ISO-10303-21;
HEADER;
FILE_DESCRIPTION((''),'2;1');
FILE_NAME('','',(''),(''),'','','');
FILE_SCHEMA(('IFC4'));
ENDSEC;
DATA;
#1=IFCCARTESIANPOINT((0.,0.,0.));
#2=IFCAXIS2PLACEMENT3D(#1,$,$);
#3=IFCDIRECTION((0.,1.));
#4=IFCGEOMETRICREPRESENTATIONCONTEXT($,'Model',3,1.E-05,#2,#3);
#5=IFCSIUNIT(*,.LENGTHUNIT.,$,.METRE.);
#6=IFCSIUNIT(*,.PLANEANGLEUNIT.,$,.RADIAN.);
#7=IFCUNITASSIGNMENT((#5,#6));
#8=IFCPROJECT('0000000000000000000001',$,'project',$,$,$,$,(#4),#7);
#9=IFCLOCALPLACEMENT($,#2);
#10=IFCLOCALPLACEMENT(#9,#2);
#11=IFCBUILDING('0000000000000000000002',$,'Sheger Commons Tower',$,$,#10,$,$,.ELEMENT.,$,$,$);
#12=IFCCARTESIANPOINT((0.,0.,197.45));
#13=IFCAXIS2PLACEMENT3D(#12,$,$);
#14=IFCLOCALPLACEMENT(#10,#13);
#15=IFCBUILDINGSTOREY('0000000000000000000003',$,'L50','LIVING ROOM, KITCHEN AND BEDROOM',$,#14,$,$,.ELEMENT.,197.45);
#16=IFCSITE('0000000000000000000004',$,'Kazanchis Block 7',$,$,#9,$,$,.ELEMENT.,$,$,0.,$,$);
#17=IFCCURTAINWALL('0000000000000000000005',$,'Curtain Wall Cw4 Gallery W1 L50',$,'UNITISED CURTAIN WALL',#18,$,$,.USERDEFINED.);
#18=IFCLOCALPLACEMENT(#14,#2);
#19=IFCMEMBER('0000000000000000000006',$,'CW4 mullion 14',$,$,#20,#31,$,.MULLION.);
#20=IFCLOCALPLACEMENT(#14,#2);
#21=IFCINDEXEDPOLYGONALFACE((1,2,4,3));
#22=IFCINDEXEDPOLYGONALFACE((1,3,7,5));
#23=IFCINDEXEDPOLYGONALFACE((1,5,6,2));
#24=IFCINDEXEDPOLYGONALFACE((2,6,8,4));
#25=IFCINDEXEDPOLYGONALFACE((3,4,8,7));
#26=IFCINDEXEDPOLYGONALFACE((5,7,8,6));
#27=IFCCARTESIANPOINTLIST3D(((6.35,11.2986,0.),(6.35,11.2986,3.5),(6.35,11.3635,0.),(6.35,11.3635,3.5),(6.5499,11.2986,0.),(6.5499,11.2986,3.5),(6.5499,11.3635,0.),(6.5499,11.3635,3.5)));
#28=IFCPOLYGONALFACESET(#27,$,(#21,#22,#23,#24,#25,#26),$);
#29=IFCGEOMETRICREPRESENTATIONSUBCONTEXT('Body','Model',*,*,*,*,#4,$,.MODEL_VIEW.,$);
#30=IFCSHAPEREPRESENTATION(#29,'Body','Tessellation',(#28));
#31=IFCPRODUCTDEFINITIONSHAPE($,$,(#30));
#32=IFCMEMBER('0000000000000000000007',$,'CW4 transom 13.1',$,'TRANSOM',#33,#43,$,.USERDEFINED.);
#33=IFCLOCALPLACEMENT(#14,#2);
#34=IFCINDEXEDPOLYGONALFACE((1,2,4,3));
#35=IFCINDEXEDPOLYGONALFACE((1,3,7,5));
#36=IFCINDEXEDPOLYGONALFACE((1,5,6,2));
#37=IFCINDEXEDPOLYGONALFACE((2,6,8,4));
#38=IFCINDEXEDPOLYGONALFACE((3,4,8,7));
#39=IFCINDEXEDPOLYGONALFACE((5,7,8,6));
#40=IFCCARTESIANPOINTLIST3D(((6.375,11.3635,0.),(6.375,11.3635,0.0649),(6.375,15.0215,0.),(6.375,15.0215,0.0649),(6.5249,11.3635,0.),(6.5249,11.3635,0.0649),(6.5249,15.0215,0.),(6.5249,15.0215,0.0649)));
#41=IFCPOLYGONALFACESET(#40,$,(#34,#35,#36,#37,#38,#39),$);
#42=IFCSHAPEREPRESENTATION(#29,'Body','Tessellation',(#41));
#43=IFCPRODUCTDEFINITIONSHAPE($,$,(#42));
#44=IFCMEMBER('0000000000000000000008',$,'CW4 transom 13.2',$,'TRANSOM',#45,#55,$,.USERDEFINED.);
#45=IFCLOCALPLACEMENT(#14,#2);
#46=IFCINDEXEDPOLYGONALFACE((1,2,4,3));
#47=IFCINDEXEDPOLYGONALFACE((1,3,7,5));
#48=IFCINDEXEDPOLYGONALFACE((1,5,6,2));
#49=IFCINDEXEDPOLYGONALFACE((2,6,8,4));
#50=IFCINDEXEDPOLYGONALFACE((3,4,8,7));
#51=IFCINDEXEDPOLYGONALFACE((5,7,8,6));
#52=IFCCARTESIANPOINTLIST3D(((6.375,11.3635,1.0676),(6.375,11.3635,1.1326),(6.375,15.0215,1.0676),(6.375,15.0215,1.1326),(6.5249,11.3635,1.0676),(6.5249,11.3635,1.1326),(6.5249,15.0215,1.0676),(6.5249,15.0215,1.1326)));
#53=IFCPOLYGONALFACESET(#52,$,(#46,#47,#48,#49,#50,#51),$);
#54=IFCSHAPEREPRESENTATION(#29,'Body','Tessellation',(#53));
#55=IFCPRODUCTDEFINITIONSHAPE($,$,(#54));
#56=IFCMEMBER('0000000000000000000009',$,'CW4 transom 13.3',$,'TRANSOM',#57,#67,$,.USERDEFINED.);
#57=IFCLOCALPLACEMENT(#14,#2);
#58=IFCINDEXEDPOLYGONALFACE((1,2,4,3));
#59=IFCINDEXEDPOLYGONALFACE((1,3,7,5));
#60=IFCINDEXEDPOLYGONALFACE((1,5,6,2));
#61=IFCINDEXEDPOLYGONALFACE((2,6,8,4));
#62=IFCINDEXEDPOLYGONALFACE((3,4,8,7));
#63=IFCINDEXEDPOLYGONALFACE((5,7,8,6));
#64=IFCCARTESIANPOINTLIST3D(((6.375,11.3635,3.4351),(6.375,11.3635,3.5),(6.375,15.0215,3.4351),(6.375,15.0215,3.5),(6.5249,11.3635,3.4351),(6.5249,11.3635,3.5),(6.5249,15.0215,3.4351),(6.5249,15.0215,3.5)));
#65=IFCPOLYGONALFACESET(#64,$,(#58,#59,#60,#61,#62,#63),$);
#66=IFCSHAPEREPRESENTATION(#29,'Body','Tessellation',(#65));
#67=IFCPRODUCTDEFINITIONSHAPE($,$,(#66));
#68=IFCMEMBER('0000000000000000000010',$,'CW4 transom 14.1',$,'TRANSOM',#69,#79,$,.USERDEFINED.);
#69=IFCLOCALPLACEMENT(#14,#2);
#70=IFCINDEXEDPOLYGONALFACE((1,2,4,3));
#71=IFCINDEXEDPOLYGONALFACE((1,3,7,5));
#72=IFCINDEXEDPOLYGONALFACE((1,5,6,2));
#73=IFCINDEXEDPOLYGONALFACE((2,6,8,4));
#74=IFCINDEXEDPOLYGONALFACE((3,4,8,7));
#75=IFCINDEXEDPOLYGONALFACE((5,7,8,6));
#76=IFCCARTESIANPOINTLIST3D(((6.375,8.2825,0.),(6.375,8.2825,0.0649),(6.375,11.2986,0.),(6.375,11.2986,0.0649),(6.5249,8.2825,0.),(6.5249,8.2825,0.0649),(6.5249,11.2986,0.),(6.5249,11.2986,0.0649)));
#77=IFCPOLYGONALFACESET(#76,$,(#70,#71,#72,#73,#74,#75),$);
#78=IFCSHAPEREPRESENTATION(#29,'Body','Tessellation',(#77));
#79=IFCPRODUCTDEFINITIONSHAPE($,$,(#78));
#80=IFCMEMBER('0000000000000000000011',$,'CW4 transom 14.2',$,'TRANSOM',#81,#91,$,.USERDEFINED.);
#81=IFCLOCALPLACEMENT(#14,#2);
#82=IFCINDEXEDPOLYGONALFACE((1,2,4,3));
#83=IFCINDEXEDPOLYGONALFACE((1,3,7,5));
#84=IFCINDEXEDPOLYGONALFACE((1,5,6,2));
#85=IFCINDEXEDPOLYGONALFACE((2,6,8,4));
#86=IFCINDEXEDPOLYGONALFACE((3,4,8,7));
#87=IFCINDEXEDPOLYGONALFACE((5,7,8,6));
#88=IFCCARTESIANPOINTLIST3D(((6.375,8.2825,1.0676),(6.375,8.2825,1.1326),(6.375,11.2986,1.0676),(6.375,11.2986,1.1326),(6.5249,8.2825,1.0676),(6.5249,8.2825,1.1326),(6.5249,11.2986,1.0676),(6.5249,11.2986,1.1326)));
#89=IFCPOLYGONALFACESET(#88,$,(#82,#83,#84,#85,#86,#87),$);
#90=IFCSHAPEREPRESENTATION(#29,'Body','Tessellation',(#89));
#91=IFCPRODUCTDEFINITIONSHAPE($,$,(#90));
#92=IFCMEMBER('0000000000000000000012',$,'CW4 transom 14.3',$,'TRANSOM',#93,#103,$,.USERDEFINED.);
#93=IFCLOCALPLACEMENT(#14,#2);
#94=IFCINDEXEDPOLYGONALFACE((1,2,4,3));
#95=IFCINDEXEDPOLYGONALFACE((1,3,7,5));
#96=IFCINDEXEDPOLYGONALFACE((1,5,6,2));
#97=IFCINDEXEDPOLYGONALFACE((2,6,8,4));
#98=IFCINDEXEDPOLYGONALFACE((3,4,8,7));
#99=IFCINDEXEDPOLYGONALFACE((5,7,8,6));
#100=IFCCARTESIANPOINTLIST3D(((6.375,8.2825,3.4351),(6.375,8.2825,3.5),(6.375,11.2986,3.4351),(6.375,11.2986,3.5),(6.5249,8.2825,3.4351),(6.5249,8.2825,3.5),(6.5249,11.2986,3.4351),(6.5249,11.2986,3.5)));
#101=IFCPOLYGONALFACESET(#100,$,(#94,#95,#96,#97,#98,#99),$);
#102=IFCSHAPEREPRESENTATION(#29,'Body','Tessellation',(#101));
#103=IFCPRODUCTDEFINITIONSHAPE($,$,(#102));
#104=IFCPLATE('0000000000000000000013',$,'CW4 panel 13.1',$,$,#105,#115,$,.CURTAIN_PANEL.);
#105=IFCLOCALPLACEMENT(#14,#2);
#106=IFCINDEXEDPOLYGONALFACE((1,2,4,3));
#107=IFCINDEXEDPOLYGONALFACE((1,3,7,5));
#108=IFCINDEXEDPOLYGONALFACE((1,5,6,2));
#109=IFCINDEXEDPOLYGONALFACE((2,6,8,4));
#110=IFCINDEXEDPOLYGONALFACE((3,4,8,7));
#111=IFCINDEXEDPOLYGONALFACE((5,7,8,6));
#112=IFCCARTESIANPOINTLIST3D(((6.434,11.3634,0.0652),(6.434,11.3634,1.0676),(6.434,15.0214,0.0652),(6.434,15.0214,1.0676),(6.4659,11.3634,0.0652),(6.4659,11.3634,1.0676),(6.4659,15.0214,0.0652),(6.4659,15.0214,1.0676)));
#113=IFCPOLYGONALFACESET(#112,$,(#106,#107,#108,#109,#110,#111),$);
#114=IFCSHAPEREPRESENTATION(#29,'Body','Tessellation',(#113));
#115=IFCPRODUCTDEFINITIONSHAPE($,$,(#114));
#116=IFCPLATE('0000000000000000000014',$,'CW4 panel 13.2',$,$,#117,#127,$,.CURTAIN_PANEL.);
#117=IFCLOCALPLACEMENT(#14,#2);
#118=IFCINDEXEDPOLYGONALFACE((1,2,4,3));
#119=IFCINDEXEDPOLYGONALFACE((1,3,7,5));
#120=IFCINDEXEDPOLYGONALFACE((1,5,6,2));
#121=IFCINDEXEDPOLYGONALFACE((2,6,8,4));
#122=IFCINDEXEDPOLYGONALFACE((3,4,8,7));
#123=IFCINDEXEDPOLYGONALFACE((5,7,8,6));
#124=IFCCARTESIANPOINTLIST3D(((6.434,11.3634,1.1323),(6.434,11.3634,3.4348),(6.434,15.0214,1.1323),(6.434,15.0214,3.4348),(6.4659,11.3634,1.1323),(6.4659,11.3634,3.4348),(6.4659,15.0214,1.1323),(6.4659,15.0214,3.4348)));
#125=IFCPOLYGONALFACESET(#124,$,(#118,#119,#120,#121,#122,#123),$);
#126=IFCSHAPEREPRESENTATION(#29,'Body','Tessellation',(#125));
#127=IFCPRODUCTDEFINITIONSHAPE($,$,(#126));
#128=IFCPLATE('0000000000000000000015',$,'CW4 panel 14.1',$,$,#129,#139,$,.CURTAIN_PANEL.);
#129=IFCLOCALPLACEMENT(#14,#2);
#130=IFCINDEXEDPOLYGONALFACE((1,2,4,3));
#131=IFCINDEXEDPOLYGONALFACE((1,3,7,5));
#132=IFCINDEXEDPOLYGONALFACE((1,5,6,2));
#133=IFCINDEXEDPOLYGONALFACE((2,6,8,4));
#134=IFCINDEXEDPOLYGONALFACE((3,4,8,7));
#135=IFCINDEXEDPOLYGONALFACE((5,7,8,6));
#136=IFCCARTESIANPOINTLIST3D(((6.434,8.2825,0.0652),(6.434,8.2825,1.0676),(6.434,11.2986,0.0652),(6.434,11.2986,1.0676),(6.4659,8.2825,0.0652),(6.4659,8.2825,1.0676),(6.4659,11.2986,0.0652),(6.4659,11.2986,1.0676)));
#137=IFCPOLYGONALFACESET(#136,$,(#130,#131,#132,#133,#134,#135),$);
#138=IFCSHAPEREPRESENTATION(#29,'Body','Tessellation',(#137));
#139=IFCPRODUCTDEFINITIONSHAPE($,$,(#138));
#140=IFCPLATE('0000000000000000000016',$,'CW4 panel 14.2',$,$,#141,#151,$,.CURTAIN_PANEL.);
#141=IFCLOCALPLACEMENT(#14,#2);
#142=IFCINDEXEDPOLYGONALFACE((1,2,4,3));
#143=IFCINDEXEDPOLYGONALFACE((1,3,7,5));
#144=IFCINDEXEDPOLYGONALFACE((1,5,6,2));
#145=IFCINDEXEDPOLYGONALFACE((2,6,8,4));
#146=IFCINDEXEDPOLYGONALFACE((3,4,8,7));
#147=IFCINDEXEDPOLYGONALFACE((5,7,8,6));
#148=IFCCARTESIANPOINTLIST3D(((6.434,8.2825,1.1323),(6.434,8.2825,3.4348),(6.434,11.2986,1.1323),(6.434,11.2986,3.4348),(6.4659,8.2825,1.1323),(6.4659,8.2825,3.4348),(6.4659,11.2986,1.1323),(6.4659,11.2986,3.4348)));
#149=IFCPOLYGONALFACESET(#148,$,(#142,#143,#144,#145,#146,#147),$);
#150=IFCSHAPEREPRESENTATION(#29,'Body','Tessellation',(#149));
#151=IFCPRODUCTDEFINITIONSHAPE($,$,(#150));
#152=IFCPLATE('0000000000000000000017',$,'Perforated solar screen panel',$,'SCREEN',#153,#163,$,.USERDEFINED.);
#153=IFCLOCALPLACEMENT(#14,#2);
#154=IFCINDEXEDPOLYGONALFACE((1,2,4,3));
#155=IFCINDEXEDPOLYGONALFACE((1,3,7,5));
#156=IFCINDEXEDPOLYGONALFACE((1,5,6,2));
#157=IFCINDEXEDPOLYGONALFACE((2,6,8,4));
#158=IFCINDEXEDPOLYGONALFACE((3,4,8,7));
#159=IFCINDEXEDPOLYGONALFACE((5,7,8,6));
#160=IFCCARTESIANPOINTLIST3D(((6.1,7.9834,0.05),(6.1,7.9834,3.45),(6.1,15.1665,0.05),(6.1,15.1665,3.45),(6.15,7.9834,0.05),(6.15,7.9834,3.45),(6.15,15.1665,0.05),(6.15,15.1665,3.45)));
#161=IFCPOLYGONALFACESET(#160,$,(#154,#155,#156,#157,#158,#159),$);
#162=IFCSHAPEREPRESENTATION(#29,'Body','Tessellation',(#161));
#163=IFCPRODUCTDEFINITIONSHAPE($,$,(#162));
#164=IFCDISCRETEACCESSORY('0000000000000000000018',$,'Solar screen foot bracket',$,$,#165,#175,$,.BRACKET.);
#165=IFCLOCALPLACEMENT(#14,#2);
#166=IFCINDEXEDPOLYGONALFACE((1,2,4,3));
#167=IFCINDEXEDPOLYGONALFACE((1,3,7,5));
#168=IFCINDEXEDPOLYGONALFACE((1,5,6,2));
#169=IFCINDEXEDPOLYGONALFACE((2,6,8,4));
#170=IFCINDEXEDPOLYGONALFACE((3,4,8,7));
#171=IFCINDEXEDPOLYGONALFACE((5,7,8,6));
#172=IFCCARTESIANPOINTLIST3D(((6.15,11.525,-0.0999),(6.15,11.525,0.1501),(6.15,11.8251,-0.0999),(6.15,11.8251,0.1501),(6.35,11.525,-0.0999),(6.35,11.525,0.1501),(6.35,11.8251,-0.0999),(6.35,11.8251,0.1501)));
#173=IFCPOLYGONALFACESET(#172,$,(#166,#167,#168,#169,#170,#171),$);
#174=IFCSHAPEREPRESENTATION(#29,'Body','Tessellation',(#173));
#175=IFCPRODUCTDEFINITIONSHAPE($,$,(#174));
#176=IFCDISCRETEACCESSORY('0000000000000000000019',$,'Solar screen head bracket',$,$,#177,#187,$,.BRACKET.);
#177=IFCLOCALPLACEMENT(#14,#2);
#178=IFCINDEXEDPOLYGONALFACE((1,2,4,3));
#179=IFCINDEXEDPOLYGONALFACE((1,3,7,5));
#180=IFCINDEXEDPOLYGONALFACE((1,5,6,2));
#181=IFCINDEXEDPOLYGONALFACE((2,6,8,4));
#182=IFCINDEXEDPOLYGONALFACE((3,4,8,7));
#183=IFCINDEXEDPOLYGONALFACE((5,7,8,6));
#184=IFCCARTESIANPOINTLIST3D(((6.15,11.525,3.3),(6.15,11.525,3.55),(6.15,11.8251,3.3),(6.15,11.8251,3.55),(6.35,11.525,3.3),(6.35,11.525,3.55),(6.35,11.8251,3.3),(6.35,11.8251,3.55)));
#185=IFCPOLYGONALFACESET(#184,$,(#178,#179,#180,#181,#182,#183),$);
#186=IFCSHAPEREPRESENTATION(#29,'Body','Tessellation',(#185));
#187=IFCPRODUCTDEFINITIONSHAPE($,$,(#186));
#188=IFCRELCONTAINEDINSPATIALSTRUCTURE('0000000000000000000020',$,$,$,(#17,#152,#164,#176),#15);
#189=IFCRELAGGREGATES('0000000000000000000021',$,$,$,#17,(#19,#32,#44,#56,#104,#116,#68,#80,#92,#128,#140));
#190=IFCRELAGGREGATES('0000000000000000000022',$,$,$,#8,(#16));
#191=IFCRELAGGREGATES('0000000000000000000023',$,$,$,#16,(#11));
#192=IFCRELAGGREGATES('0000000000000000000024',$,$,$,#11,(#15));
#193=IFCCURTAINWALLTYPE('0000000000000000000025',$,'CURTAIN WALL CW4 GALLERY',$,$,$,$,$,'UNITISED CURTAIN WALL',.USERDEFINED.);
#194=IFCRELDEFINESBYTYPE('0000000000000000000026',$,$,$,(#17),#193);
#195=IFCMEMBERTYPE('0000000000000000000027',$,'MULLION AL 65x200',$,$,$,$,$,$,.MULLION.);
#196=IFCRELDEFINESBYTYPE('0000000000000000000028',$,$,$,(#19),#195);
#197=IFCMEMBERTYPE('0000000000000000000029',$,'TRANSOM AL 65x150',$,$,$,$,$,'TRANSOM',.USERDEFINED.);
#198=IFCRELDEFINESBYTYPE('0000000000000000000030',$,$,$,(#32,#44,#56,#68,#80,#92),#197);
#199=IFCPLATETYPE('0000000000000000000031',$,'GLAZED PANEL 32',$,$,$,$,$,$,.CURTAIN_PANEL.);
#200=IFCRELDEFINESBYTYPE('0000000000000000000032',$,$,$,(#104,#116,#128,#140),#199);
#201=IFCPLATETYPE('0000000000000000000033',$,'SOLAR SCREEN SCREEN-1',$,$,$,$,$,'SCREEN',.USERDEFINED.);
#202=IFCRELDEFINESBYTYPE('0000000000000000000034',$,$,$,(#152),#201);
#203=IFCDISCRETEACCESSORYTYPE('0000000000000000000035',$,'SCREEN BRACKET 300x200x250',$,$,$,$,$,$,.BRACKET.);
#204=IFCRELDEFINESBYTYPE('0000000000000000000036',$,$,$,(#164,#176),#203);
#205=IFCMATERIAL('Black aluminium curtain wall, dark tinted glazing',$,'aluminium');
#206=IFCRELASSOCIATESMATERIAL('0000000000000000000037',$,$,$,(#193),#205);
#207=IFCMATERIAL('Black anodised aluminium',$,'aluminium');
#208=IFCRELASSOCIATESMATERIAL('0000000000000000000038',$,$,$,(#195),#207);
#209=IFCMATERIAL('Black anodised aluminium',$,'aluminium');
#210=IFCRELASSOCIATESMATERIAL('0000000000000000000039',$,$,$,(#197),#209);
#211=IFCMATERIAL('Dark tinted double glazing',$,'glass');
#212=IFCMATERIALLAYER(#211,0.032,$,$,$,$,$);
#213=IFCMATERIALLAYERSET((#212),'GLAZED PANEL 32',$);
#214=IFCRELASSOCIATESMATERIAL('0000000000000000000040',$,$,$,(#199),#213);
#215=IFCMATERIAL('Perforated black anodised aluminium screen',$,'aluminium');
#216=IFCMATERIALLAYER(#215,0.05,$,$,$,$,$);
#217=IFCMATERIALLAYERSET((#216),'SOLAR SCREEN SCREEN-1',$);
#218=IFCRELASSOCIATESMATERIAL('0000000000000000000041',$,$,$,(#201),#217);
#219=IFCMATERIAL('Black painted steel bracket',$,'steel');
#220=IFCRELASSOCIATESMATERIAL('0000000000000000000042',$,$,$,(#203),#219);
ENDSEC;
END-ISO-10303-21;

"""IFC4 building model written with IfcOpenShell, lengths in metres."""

from ifc_helpers import new_model, si_unit, direction, frame, origin, origin_2d, place, context, subcontext, project, spatial, rectangle, extrude, material, layer, layer_set, material_profile, profile_set, type_object, element, aggregate, save


model = new_model("IFC4")

# Units and contexts
model_context = context("Model", 3, precision=1e-05, world=origin(), true_north=direction((0.0, 1.0)))
body_context = subcontext(model_context, "Body", "Model", "MODEL_VIEW")
ifc_project = project(units=[si_unit("LENGTHUNIT", "METRE"), si_unit("PLANEANGLEUNIT", "RADIAN")], contexts=[model_context])

# Site, building, storey
site_placement = place(None, origin())
site = spatial("IfcSite", under=ifc_project, at=site_placement, Name="Kazanchis Block 7", CompositionType="ELEMENT", RefElevation=0.0)
building_placement = place(site_placement, origin())
building = spatial("IfcBuilding", under=site, at=building_placement, Name="Sheger Commons Tower", CompositionType="ELEMENT")
storey_placement = place(building_placement, frame((0.0, 0.0, 197.45)))
storey = spatial("IfcBuildingStorey", under=building, at=storey_placement, Name="L50", Description="LIVING ROOM, KITCHEN AND BEDROOM", CompositionType="ELEMENT", Elevation=197.45)

# Curtain wall, members, plates
ifc_material_1 = material(Name="Black aluminium curtain wall, dark tinted glazing", Category="aluminium")
curtain_wall_type = type_object("IfcCurtainWallType", Name="CURTAIN WALL CW4 GALLERY", ElementType="UNITISED CURTAIN WALL", PredefinedType="USERDEFINED", material=ifc_material_1)
curtain_wall_placement = place(storey_placement, origin())
curtain_wall = element("IfcCurtainWall", 1, at=curtain_wall_placement, inside=storey, type_object=curtain_wall_type, Name="Curtain Wall Cw4 Gallery W1 L50", ObjectType="UNITISED CURTAIN WALL", PredefinedType="USERDEFINED")
ifc_material_2 = material(Name="Black anodised aluminium", Category="aluminium")
ifc_material_profile_1 = material_profile(ifc_material_2, rectangle(XDim=0.2, YDim=0.0649, at=origin_2d()), Name="AL 65x200")
ifc_profile_set_1 = profile_set([ifc_material_profile_1], Name="Black anodised aluminium")
member_type_1 = type_object("IfcMemberType", Name="MULLION AL 65x200", PredefinedType="MULLION", material=ifc_profile_set_1)
member_1_placement = place(storey_placement, frame((6.45, 11.3311, 0.0), z_axis=(0.0, 0.0, 1.0), x_axis=(1.0, 0.0, 0.0)))
member_1 = element("IfcMember", 2, at=member_1_placement, type_object=member_type_1, Name="CW4 mullion 14", PredefinedType="MULLION", context=body_context, shape_type="SweptSolid", body=[
    extrude(rectangle(XDim=0.2, YDim=0.0649, at=origin_2d()), origin(), (0.0, 0.0, 1.0), 3.5),
])
ifc_material_3 = material(Name="Black anodised aluminium", Category="aluminium")
ifc_material_profile_2 = material_profile(ifc_material_3, rectangle(XDim=0.1499, YDim=0.0649, at=origin_2d()), Name="AL 65x150")
ifc_profile_set_2 = profile_set([ifc_material_profile_2], Name="Black anodised aluminium")
member_type_2 = type_object("IfcMemberType", Name="TRANSOM AL 65x150", ElementType="TRANSOM", PredefinedType="USERDEFINED", material=ifc_profile_set_2)
member_2_placement = place(storey_placement, frame((6.45, 15.0215, 0.0325), z_axis=(0.0, -1.0, 0.0), x_axis=(1.0, 0.0, 0.0)))
member_2 = element("IfcMember", 3, at=member_2_placement, type_object=member_type_2, Name="CW4 transom 13.1", ObjectType="TRANSOM", PredefinedType="USERDEFINED", context=body_context, shape_type="SweptSolid", body=[
    extrude(rectangle(XDim=0.1499, YDim=0.0649, at=origin_2d()), origin(), (0.0, 0.0, 1.0), 3.658),
])
member_3_placement = place(storey_placement, frame((6.45, 15.0215, 1.1001), z_axis=(0.0, -1.0, 0.0), x_axis=(1.0, 0.0, 0.0)))
member_3 = element("IfcMember", 4, at=member_3_placement, type_object=member_type_2, Name="CW4 transom 13.2", ObjectType="TRANSOM", PredefinedType="USERDEFINED", context=body_context, shape_type="SweptSolid", body=[
    extrude(rectangle(XDim=0.1499, YDim=0.0649, at=origin_2d()), origin(), (0.0, 0.0, 1.0), 3.658),
])
member_4_placement = place(storey_placement, frame((6.45, 15.0215, 3.4675), z_axis=(0.0, -1.0, 0.0), x_axis=(1.0, 0.0, 0.0)))
member_4 = element("IfcMember", 5, at=member_4_placement, type_object=member_type_2, Name="CW4 transom 13.3", ObjectType="TRANSOM", PredefinedType="USERDEFINED", context=body_context, shape_type="SweptSolid", body=[
    extrude(rectangle(XDim=0.1499, YDim=0.0649, at=origin_2d()), origin(), (0.0, 0.0, 1.0), 3.658),
])
member_5_placement = place(storey_placement, frame((6.45, 11.2986, 0.0325), z_axis=(0.0, -1.0, 0.0), x_axis=(1.0, 0.0, 0.0)))
member_5 = element("IfcMember", 6, at=member_5_placement, type_object=member_type_2, Name="CW4 transom 14.1", ObjectType="TRANSOM", PredefinedType="USERDEFINED", context=body_context, shape_type="SweptSolid", body=[
    extrude(rectangle(XDim=0.1499, YDim=0.0649, at=origin_2d()), origin(), (0.0, 0.0, 1.0), 3.0161),
])
member_6_placement = place(storey_placement, frame((6.45, 11.2986, 1.1001), z_axis=(0.0, -1.0, 0.0), x_axis=(1.0, 0.0, 0.0)))
member_6 = element("IfcMember", 7, at=member_6_placement, type_object=member_type_2, Name="CW4 transom 14.2", ObjectType="TRANSOM", PredefinedType="USERDEFINED", context=body_context, shape_type="SweptSolid", body=[
    extrude(rectangle(XDim=0.1499, YDim=0.0649, at=origin_2d()), origin(), (0.0, 0.0, 1.0), 3.0161),
])
member_7_placement = place(storey_placement, frame((6.45, 11.2986, 3.4675), z_axis=(0.0, -1.0, 0.0), x_axis=(1.0, 0.0, 0.0)))
member_7 = element("IfcMember", 8, at=member_7_placement, type_object=member_type_2, Name="CW4 transom 14.3", ObjectType="TRANSOM", PredefinedType="USERDEFINED", context=body_context, shape_type="SweptSolid", body=[
    extrude(rectangle(XDim=0.1499, YDim=0.0649, at=origin_2d()), origin(), (0.0, 0.0, 1.0), 3.0161),
])
ifc_material_4 = material(Name="Dark tinted double glazing", Category="glass")
ifc_layer_1 = layer(ifc_material_4, 0.032)
ifc_layer_set_1 = layer_set([ifc_layer_1], Name="GLAZED PANEL 32")
plate_type_1 = type_object("IfcPlateType", Name="GLAZED PANEL 32", PredefinedType="CURTAIN_PANEL", material=ifc_layer_set_1)
plate_1_placement = place(storey_placement, frame((6.45, 13.1924, 0.0652), z_axis=(0.0, 0.0, 1.0), x_axis=(0.0, -1.0, 0.0)))
plate_1 = element("IfcPlate", 9, at=plate_1_placement, type_object=plate_type_1, Name="CW4 panel 13.1", PredefinedType="CURTAIN_PANEL", context=body_context, shape_type="SweptSolid", body=[
    extrude(rectangle(XDim=3.658, YDim=0.032, at=origin_2d()), origin(), (0.0, 0.0, 1.0), 1.0024),
])
plate_2_placement = place(storey_placement, frame((6.45, 13.1924, 1.1323), z_axis=(0.0, 0.0, 1.0), x_axis=(0.0, -1.0, 0.0)))
plate_2 = element("IfcPlate", 10, at=plate_2_placement, type_object=plate_type_1, Name="CW4 panel 13.2", PredefinedType="CURTAIN_PANEL", context=body_context, shape_type="SweptSolid", body=[
    extrude(rectangle(XDim=3.658, YDim=0.032, at=origin_2d()), origin(), (0.0, 0.0, 1.0), 2.3025),
])
plate_3_placement = place(storey_placement, frame((6.45, 9.7905, 0.0652), z_axis=(0.0, 0.0, 1.0), x_axis=(0.0, -1.0, 0.0)))
plate_3 = element("IfcPlate", 11, at=plate_3_placement, type_object=plate_type_1, Name="CW4 panel 14.1", PredefinedType="CURTAIN_PANEL", context=body_context, shape_type="SweptSolid", body=[
    extrude(rectangle(XDim=3.0161, YDim=0.032, at=origin_2d()), origin(), (0.0, 0.0, 1.0), 1.0024),
])
plate_4_placement = place(storey_placement, frame((6.45, 9.7905, 1.1323), z_axis=(0.0, 0.0, 1.0), x_axis=(0.0, -1.0, 0.0)))
plate_4 = element("IfcPlate", 12, at=plate_4_placement, type_object=plate_type_1, Name="CW4 panel 14.2", PredefinedType="CURTAIN_PANEL", context=body_context, shape_type="SweptSolid", body=[
    extrude(rectangle(XDim=3.0161, YDim=0.032, at=origin_2d()), origin(), (0.0, 0.0, 1.0), 2.3025),
])
aggregate(curtain_wall, [member_1, member_2, member_3, member_4, plate_1, plate_2, member_5, member_6, member_7, plate_3, plate_4])

# Plate
ifc_material_5 = material(Name="Perforated black anodised aluminium screen", Category="aluminium")
ifc_layer_2 = layer(ifc_material_5, 0.05)
ifc_layer_set_2 = layer_set([ifc_layer_2], Name="SOLAR SCREEN SCREEN-1")
plate_type_2 = type_object("IfcPlateType", Name="SOLAR SCREEN SCREEN-1", ElementType="SCREEN", PredefinedType="USERDEFINED", material=ifc_layer_set_2)
plate_5_placement = place(storey_placement, frame((6.125, 11.575, 0.05), z_axis=(0.0, 0.0, 1.0), x_axis=(0.0, -1.0, 0.0)))
element("IfcPlate", 13, at=plate_5_placement, inside=storey, type_object=plate_type_2, Name="Perforated solar screen panel", ObjectType="SCREEN", PredefinedType="USERDEFINED", context=body_context, shape_type="SweptSolid", body=[
    extrude(rectangle(XDim=7.1831, YDim=0.05, at=origin_2d()), origin(), (0.0, 0.0, 1.0), 3.3999),
])

# Discrete accessories
ifc_material_6 = material(Name="Black painted steel bracket", Category="steel")
discrete_accessory_type = type_object("IfcDiscreteAccessoryType", Name="SCREEN BRACKET 300x200x250", PredefinedType="BRACKET", material=ifc_material_6)
for number, where, z_axis, x_axis, name in (
    (14, (6.25, 11.675, -0.0999), (0.0, 0.0, 1.0), (0.0, -1.0, 0.0), "Solar screen foot bracket"),
    (15, (6.25, 11.675, 3.3), (0.0, 0.0, 1.0), (0.0, -1.0, 0.0), "Solar screen head bracket"),
):
    element("IfcDiscreteAccessory", number, at=place(storey_placement, frame(where, z_axis=z_axis, x_axis=x_axis)), inside=storey, type_object=discrete_accessory_type, Name=name, PredefinedType="BRACKET", context=body_context, shape_type="SweptSolid", body=[
        extrude(rectangle(XDim=0.3, YDim=0.2, at=origin_2d()), origin(), (0.0, 0.0, 1.0), 0.25),
    ])

save(model, "model.ifc")
